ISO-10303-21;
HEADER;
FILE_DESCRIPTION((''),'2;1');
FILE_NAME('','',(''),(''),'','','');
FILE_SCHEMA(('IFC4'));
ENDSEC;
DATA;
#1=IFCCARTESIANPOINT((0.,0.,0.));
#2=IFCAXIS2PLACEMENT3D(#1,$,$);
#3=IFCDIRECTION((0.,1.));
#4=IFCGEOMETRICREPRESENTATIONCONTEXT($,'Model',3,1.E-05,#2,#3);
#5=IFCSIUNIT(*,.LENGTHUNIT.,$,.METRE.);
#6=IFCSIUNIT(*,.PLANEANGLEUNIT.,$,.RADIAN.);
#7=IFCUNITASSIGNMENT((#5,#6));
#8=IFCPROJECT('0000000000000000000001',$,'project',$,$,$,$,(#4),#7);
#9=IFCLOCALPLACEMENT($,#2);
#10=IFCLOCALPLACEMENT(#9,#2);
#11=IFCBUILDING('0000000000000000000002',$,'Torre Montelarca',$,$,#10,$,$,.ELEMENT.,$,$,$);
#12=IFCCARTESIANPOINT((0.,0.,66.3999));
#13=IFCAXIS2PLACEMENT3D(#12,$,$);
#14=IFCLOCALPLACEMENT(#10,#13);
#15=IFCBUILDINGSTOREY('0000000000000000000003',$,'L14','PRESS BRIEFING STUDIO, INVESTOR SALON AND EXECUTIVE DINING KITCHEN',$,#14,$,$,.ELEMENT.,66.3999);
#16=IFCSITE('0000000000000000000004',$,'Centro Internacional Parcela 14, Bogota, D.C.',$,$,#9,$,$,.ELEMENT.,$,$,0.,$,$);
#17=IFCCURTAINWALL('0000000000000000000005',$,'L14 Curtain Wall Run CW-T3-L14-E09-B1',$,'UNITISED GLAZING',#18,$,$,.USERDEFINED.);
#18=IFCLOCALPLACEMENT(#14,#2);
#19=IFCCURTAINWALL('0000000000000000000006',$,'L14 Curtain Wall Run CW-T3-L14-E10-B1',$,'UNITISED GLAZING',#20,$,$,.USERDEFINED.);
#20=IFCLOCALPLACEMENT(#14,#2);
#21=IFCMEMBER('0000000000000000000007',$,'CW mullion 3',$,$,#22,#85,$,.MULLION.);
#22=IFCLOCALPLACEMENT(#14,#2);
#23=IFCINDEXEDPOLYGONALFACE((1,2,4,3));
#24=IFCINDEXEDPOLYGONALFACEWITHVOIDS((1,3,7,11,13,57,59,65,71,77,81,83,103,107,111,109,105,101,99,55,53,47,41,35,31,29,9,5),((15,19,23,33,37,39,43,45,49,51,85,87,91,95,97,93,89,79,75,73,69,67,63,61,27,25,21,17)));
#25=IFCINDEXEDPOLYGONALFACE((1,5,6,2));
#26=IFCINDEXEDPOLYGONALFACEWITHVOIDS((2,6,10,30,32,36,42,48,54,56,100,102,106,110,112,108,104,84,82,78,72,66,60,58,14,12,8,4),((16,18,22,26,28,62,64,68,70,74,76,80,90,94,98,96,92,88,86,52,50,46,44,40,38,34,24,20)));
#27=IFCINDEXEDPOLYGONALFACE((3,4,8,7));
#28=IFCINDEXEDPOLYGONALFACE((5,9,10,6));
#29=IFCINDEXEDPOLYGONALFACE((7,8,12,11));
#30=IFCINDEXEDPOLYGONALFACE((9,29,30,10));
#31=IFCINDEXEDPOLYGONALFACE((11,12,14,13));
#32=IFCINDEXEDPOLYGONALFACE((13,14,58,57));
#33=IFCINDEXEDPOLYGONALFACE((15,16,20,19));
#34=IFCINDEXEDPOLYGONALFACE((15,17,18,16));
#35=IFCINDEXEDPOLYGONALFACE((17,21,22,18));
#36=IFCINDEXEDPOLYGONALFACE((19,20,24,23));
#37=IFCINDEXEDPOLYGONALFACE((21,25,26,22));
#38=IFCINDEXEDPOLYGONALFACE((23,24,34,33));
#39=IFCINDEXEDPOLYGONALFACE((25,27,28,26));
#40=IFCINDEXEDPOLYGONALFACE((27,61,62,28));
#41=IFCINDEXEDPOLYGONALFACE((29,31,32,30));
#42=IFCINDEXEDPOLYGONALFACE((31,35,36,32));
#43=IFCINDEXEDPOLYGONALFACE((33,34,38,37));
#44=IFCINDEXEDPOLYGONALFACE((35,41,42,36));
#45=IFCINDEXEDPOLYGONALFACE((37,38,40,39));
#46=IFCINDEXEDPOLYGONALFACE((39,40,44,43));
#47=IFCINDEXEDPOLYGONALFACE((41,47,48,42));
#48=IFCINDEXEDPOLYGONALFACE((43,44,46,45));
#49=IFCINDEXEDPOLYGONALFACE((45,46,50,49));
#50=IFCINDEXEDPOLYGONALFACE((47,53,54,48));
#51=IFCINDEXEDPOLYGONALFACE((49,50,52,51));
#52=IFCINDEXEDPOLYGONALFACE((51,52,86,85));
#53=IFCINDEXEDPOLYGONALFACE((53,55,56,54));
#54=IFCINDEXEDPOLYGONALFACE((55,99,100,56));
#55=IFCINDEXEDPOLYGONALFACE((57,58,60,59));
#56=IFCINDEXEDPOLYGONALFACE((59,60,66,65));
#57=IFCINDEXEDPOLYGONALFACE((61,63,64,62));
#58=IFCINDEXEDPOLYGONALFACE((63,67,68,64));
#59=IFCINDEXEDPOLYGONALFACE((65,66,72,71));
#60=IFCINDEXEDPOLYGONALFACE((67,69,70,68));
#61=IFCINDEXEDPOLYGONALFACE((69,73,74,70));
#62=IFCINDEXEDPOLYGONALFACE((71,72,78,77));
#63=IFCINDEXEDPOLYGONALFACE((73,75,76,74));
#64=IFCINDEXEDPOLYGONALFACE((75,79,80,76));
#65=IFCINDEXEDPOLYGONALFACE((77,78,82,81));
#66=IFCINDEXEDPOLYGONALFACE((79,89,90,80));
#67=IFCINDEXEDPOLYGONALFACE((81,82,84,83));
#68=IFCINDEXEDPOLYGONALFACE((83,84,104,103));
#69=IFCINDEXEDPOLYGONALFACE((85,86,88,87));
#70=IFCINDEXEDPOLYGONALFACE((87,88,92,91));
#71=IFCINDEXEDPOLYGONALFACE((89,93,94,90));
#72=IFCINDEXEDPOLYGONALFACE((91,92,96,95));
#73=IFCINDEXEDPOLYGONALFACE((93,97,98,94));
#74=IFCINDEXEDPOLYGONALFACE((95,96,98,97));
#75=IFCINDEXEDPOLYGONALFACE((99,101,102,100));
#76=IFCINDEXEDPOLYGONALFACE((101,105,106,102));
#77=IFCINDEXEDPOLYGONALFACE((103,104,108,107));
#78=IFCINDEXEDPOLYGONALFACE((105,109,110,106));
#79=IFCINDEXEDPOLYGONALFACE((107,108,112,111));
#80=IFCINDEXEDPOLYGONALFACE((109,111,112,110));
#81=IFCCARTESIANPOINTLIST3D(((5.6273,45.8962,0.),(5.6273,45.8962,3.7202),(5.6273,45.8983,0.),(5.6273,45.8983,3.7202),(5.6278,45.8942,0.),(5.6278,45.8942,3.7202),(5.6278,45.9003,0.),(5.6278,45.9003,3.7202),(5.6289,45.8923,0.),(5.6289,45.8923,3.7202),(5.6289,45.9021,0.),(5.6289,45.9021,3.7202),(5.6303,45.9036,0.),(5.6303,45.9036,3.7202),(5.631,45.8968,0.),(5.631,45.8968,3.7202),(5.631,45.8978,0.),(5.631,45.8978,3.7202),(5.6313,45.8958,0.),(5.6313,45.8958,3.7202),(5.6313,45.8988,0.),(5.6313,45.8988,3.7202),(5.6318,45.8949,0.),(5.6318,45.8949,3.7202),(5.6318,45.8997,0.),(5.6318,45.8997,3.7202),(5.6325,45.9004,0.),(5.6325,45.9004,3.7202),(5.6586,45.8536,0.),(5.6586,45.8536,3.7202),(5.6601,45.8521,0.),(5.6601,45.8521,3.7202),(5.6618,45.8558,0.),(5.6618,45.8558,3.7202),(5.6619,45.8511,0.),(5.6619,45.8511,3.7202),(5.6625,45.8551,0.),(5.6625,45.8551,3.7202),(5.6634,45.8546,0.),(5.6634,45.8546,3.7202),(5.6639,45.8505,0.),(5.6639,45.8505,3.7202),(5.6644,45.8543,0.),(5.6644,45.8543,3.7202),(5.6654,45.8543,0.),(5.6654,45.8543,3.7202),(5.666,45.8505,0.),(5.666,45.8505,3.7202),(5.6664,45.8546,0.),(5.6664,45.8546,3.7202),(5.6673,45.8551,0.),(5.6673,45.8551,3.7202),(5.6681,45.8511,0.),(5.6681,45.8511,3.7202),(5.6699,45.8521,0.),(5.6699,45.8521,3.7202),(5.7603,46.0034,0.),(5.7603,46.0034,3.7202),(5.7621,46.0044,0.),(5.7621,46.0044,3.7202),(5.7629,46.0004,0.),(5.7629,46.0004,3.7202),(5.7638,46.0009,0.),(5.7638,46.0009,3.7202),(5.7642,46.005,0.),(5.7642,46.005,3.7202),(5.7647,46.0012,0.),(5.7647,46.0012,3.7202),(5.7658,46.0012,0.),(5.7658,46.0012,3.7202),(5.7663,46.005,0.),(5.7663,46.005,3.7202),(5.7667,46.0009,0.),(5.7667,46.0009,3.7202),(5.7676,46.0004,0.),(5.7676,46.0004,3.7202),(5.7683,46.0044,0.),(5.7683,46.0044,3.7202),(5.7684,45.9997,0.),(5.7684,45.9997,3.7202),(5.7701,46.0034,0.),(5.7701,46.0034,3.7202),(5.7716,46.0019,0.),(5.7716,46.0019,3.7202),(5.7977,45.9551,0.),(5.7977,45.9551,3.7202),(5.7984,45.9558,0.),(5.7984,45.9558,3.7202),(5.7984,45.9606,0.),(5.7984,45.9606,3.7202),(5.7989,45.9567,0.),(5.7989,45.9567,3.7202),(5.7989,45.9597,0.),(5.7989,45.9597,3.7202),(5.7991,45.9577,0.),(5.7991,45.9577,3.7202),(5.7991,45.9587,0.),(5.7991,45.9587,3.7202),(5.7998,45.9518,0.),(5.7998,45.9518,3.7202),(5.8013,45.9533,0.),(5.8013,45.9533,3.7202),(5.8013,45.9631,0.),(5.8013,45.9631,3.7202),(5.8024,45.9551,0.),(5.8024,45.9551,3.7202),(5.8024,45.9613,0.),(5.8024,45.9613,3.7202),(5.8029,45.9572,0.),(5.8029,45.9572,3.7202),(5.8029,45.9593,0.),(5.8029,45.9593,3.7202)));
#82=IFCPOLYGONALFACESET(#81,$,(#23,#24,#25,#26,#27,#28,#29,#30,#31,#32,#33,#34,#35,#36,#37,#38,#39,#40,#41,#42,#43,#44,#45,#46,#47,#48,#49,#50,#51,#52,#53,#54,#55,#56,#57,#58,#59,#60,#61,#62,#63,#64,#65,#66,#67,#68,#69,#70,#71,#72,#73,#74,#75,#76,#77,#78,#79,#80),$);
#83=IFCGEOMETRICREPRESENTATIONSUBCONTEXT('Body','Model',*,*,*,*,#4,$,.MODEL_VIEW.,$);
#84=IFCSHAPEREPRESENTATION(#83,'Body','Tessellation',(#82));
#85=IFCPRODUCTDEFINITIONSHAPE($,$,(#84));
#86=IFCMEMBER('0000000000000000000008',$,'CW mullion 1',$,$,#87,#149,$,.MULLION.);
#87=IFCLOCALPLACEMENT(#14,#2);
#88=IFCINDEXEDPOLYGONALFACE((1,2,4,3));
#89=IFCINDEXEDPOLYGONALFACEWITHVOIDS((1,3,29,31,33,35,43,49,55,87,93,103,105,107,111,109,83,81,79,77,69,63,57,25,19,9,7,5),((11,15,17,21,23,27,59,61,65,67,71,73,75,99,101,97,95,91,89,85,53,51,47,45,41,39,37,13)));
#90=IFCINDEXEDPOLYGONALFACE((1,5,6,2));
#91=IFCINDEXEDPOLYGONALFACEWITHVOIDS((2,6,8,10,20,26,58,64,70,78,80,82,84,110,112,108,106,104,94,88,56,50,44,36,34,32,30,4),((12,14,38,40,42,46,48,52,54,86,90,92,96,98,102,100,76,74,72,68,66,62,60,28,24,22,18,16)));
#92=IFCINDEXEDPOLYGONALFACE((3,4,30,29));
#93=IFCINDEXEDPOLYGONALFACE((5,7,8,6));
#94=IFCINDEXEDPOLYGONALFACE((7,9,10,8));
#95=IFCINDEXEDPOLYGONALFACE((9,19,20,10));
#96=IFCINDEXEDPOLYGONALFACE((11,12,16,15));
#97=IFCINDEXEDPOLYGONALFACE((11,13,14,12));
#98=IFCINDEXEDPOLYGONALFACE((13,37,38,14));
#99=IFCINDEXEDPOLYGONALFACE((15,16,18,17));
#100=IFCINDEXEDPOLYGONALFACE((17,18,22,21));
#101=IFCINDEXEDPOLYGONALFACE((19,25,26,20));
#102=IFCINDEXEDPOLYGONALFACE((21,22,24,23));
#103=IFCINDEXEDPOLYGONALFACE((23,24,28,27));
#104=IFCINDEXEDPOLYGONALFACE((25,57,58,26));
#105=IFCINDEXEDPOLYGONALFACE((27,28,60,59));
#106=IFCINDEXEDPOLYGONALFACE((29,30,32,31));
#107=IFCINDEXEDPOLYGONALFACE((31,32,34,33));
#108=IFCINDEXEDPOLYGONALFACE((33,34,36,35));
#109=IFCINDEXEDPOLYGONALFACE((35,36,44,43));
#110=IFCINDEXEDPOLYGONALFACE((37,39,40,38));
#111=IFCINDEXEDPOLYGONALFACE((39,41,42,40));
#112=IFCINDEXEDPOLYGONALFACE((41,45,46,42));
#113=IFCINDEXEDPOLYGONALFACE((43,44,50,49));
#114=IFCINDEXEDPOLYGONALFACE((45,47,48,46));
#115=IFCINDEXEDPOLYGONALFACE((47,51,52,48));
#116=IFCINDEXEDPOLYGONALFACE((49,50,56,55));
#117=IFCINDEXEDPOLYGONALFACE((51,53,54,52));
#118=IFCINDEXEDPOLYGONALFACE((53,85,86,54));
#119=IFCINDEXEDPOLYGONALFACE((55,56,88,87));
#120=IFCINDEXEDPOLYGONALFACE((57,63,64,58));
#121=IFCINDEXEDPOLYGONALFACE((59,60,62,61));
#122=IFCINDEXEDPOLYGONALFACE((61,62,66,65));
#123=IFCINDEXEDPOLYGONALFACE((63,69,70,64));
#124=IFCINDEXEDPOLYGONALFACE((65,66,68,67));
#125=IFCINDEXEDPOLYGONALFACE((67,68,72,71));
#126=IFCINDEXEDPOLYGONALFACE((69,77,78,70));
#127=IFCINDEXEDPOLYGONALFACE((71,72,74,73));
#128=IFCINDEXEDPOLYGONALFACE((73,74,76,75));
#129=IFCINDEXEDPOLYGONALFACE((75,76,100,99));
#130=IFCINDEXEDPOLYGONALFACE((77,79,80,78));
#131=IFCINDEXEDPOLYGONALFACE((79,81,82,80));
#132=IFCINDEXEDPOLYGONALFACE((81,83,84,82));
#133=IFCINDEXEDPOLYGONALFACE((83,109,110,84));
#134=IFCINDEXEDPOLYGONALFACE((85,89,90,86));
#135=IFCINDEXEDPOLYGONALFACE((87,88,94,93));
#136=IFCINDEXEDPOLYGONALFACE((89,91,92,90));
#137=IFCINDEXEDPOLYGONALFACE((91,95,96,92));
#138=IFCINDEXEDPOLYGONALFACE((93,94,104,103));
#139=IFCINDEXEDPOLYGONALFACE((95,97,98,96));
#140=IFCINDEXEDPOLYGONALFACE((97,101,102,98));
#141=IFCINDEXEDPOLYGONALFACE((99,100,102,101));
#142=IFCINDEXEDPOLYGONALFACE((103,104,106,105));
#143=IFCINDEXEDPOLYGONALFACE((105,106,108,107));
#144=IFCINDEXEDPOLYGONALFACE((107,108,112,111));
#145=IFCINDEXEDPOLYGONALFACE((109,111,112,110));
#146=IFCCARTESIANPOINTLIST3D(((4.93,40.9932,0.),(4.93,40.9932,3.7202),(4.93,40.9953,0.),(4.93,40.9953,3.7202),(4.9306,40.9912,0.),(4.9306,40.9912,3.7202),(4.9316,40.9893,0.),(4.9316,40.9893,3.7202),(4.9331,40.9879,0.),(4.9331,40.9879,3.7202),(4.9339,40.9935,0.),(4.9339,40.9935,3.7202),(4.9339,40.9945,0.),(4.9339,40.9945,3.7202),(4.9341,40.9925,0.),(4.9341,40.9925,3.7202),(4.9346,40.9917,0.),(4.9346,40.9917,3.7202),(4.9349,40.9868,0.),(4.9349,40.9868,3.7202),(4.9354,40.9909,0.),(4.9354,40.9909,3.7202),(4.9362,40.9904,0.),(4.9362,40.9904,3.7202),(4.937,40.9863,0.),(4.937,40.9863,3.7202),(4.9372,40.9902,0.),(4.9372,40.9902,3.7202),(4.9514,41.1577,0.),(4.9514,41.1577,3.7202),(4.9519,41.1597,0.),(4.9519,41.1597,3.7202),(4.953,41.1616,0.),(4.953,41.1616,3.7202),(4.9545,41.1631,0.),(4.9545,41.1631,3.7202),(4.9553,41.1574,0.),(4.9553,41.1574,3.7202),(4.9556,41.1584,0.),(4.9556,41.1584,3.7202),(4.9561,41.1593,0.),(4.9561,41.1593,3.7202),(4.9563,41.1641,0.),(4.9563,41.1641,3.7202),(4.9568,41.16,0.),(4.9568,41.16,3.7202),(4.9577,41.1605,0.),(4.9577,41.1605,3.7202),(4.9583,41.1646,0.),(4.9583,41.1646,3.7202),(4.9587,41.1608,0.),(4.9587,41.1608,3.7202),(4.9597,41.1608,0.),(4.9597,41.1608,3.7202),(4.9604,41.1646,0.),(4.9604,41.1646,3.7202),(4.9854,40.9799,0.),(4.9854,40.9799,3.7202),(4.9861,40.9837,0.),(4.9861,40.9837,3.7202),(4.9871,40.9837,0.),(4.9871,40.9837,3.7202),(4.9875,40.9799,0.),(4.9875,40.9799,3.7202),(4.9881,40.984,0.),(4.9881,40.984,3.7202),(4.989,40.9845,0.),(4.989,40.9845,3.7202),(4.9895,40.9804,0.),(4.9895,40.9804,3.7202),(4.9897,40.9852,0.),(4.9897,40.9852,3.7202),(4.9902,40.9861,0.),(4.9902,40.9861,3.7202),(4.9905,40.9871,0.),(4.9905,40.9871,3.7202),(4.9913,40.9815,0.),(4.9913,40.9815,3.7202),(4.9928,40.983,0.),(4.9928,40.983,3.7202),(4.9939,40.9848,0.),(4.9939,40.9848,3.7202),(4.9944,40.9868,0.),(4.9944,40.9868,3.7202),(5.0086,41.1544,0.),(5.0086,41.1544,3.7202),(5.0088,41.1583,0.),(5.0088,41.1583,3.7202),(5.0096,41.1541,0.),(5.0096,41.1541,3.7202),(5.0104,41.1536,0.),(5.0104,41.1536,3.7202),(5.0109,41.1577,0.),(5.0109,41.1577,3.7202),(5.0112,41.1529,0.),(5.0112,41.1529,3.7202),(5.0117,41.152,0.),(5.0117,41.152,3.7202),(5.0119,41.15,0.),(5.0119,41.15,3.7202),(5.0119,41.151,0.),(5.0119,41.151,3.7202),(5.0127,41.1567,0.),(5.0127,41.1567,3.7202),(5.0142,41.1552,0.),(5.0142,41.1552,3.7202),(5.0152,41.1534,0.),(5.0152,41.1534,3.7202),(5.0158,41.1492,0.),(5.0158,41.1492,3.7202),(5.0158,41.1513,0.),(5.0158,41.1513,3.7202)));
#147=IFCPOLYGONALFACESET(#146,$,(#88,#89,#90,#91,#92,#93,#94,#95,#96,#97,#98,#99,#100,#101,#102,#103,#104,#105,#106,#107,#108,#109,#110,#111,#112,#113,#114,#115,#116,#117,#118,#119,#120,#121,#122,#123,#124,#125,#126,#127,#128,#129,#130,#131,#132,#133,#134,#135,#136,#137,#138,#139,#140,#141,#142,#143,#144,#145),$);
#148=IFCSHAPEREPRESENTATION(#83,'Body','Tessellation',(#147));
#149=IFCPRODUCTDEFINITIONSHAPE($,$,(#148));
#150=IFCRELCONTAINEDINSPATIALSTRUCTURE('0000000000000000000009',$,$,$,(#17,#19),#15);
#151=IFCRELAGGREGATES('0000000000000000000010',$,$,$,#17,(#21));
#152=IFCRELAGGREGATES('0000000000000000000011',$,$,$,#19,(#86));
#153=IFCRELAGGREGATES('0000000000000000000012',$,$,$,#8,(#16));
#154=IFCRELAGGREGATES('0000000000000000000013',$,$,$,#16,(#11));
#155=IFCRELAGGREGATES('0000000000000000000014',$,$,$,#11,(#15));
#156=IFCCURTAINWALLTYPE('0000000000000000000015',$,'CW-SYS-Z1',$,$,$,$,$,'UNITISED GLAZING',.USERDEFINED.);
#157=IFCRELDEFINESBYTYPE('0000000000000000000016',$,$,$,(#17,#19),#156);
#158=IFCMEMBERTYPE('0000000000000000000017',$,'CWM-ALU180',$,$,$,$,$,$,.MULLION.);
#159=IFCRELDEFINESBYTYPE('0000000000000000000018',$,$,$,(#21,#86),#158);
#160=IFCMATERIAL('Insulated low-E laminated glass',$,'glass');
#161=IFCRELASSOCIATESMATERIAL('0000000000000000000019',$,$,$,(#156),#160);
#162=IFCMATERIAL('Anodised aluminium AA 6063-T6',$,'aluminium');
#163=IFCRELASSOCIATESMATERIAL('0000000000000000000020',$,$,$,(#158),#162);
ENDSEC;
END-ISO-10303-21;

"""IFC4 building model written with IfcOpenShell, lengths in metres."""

from ifc_helpers import new_model, si_unit, direction, frame, origin, origin_2d, place, context, subcontext, project, spatial, hollow_rectangle, extrude, source, transform, mapped, material, material_profile, profile_set, type_object, element, aggregate, save


model = new_model("IFC4")

# Units and contexts
model_context = context("Model", 3, precision=1e-05, world=origin(), true_north=direction((0.0, 1.0)))
body_context = subcontext(model_context, "Body", "Model", "MODEL_VIEW")
ifc_project = project(units=[si_unit("LENGTHUNIT", "METRE"), si_unit("PLANEANGLEUNIT", "RADIAN")], contexts=[model_context])

# Site, building, storey
site_placement = place(None, origin())
site = spatial("IfcSite", under=ifc_project, at=site_placement, Name="Centro Internacional Parcela 14, Bogota, D.C.", CompositionType="ELEMENT", RefElevation=0.0)
building_placement = place(site_placement, origin())
building = spatial("IfcBuilding", under=site, at=building_placement, Name="Torre Montelarca", CompositionType="ELEMENT")
storey_placement = place(building_placement, frame((0.0, 0.0, 66.3999)))
storey = spatial("IfcBuildingStorey", under=building, at=storey_placement, Name="L14", Description="PRESS BRIEFING STUDIO, INVESTOR SALON AND EXECUTIVE DINING KITCHEN", CompositionType="ELEMENT", Elevation=66.3999)

# Curtain walls
ifc_material_1 = material(Name="Insulated low-E laminated glass", Category="glass")
curtain_wall_type = type_object("IfcCurtainWallType", Name="CW-SYS-Z1", ElementType="UNITISED GLAZING", PredefinedType="USERDEFINED", material=ifc_material_1)
curtain_wall_1_placement = place(storey_placement, origin())
curtain_wall_1 = element("IfcCurtainWall", 1, at=curtain_wall_1_placement, inside=storey, type_object=curtain_wall_type, Name="L14 Curtain Wall Run CW-T3-L14-E09-B1", ObjectType="UNITISED GLAZING", PredefinedType="USERDEFINED")
ifc_material_2 = material(Name="Anodised aluminium AA 6063-T6", Category="aluminium")
curtain_wall_2_placement = place(storey_placement, origin())
curtain_wall_2 = element("IfcCurtainWall", 2, at=curtain_wall_2_placement, inside=storey, type_object=curtain_wall_type, Name="L14 Curtain Wall Run CW-T3-L14-E10-B1", ObjectType="UNITISED GLAZING", PredefinedType="USERDEFINED")

# Members
ifc_material_profile_1 = material_profile(ifc_material_2, hollow_rectangle(XDim=0.0649, YDim=0.1799, WallThickness=0.0039, InnerFilletRadius=0.0039, OuterFilletRadius=0.0081, at=origin_2d()), Name="ALU65X180X4", Category="aluminium")
ifc_profile_set_1 = profile_set([ifc_material_profile_1], Name="Anodised aluminium AA 6063-T6")
member_type_1 = type_object("IfcMemberType", Name="CWM-ALU180", PredefinedType="MULLION", material=ifc_profile_set_1)
shared_shape_1 = source(origin(), body_context, "Body", "SweptSolid", [
    extrude(hollow_rectangle(XDim=0.0649, YDim=0.1799, WallThickness=0.0039, InnerFilletRadius=0.0039, OuterFilletRadius=0.0081, at=origin_2d()), origin(), (0.0, 0.0, 1.0), 3.7202),
])
member_1_placement = place(storey_placement, frame((5.7151, 45.9277, 0.0), z_axis=(0.0, 0.0, 1.0), x_axis=(0.608764, -0.793351, 0.0)))
member_1 = element("IfcMember", 3, at=member_1_placement, type_object=member_type_1, Name="CW mullion 3", PredefinedType="MULLION", context=body_context, shape_type="MappedRepresentation", body=[
    mapped(shared_shape_1, transform((0.0, 0.0, 0.0), scale=1.0)),
])
member_2_placement = place(storey_placement, frame((4.9729, 41.0723, 0.0), z_axis=(0.0, 0.0, 1.0), x_axis=(0.991443, -0.130538, 0.0)))
member_2 = element("IfcMember", 4, at=member_2_placement, type_object=member_type_1, Name="CW mullion 1", PredefinedType="MULLION", context=body_context, shape_type="MappedRepresentation", body=[
    mapped(shared_shape_1, transform((0.0, 0.0, 0.0), scale=1.0)),
])

aggregate(curtain_wall_1, [member_1])
aggregate(curtain_wall_2, [member_2])

save(model, "model.ifc")
